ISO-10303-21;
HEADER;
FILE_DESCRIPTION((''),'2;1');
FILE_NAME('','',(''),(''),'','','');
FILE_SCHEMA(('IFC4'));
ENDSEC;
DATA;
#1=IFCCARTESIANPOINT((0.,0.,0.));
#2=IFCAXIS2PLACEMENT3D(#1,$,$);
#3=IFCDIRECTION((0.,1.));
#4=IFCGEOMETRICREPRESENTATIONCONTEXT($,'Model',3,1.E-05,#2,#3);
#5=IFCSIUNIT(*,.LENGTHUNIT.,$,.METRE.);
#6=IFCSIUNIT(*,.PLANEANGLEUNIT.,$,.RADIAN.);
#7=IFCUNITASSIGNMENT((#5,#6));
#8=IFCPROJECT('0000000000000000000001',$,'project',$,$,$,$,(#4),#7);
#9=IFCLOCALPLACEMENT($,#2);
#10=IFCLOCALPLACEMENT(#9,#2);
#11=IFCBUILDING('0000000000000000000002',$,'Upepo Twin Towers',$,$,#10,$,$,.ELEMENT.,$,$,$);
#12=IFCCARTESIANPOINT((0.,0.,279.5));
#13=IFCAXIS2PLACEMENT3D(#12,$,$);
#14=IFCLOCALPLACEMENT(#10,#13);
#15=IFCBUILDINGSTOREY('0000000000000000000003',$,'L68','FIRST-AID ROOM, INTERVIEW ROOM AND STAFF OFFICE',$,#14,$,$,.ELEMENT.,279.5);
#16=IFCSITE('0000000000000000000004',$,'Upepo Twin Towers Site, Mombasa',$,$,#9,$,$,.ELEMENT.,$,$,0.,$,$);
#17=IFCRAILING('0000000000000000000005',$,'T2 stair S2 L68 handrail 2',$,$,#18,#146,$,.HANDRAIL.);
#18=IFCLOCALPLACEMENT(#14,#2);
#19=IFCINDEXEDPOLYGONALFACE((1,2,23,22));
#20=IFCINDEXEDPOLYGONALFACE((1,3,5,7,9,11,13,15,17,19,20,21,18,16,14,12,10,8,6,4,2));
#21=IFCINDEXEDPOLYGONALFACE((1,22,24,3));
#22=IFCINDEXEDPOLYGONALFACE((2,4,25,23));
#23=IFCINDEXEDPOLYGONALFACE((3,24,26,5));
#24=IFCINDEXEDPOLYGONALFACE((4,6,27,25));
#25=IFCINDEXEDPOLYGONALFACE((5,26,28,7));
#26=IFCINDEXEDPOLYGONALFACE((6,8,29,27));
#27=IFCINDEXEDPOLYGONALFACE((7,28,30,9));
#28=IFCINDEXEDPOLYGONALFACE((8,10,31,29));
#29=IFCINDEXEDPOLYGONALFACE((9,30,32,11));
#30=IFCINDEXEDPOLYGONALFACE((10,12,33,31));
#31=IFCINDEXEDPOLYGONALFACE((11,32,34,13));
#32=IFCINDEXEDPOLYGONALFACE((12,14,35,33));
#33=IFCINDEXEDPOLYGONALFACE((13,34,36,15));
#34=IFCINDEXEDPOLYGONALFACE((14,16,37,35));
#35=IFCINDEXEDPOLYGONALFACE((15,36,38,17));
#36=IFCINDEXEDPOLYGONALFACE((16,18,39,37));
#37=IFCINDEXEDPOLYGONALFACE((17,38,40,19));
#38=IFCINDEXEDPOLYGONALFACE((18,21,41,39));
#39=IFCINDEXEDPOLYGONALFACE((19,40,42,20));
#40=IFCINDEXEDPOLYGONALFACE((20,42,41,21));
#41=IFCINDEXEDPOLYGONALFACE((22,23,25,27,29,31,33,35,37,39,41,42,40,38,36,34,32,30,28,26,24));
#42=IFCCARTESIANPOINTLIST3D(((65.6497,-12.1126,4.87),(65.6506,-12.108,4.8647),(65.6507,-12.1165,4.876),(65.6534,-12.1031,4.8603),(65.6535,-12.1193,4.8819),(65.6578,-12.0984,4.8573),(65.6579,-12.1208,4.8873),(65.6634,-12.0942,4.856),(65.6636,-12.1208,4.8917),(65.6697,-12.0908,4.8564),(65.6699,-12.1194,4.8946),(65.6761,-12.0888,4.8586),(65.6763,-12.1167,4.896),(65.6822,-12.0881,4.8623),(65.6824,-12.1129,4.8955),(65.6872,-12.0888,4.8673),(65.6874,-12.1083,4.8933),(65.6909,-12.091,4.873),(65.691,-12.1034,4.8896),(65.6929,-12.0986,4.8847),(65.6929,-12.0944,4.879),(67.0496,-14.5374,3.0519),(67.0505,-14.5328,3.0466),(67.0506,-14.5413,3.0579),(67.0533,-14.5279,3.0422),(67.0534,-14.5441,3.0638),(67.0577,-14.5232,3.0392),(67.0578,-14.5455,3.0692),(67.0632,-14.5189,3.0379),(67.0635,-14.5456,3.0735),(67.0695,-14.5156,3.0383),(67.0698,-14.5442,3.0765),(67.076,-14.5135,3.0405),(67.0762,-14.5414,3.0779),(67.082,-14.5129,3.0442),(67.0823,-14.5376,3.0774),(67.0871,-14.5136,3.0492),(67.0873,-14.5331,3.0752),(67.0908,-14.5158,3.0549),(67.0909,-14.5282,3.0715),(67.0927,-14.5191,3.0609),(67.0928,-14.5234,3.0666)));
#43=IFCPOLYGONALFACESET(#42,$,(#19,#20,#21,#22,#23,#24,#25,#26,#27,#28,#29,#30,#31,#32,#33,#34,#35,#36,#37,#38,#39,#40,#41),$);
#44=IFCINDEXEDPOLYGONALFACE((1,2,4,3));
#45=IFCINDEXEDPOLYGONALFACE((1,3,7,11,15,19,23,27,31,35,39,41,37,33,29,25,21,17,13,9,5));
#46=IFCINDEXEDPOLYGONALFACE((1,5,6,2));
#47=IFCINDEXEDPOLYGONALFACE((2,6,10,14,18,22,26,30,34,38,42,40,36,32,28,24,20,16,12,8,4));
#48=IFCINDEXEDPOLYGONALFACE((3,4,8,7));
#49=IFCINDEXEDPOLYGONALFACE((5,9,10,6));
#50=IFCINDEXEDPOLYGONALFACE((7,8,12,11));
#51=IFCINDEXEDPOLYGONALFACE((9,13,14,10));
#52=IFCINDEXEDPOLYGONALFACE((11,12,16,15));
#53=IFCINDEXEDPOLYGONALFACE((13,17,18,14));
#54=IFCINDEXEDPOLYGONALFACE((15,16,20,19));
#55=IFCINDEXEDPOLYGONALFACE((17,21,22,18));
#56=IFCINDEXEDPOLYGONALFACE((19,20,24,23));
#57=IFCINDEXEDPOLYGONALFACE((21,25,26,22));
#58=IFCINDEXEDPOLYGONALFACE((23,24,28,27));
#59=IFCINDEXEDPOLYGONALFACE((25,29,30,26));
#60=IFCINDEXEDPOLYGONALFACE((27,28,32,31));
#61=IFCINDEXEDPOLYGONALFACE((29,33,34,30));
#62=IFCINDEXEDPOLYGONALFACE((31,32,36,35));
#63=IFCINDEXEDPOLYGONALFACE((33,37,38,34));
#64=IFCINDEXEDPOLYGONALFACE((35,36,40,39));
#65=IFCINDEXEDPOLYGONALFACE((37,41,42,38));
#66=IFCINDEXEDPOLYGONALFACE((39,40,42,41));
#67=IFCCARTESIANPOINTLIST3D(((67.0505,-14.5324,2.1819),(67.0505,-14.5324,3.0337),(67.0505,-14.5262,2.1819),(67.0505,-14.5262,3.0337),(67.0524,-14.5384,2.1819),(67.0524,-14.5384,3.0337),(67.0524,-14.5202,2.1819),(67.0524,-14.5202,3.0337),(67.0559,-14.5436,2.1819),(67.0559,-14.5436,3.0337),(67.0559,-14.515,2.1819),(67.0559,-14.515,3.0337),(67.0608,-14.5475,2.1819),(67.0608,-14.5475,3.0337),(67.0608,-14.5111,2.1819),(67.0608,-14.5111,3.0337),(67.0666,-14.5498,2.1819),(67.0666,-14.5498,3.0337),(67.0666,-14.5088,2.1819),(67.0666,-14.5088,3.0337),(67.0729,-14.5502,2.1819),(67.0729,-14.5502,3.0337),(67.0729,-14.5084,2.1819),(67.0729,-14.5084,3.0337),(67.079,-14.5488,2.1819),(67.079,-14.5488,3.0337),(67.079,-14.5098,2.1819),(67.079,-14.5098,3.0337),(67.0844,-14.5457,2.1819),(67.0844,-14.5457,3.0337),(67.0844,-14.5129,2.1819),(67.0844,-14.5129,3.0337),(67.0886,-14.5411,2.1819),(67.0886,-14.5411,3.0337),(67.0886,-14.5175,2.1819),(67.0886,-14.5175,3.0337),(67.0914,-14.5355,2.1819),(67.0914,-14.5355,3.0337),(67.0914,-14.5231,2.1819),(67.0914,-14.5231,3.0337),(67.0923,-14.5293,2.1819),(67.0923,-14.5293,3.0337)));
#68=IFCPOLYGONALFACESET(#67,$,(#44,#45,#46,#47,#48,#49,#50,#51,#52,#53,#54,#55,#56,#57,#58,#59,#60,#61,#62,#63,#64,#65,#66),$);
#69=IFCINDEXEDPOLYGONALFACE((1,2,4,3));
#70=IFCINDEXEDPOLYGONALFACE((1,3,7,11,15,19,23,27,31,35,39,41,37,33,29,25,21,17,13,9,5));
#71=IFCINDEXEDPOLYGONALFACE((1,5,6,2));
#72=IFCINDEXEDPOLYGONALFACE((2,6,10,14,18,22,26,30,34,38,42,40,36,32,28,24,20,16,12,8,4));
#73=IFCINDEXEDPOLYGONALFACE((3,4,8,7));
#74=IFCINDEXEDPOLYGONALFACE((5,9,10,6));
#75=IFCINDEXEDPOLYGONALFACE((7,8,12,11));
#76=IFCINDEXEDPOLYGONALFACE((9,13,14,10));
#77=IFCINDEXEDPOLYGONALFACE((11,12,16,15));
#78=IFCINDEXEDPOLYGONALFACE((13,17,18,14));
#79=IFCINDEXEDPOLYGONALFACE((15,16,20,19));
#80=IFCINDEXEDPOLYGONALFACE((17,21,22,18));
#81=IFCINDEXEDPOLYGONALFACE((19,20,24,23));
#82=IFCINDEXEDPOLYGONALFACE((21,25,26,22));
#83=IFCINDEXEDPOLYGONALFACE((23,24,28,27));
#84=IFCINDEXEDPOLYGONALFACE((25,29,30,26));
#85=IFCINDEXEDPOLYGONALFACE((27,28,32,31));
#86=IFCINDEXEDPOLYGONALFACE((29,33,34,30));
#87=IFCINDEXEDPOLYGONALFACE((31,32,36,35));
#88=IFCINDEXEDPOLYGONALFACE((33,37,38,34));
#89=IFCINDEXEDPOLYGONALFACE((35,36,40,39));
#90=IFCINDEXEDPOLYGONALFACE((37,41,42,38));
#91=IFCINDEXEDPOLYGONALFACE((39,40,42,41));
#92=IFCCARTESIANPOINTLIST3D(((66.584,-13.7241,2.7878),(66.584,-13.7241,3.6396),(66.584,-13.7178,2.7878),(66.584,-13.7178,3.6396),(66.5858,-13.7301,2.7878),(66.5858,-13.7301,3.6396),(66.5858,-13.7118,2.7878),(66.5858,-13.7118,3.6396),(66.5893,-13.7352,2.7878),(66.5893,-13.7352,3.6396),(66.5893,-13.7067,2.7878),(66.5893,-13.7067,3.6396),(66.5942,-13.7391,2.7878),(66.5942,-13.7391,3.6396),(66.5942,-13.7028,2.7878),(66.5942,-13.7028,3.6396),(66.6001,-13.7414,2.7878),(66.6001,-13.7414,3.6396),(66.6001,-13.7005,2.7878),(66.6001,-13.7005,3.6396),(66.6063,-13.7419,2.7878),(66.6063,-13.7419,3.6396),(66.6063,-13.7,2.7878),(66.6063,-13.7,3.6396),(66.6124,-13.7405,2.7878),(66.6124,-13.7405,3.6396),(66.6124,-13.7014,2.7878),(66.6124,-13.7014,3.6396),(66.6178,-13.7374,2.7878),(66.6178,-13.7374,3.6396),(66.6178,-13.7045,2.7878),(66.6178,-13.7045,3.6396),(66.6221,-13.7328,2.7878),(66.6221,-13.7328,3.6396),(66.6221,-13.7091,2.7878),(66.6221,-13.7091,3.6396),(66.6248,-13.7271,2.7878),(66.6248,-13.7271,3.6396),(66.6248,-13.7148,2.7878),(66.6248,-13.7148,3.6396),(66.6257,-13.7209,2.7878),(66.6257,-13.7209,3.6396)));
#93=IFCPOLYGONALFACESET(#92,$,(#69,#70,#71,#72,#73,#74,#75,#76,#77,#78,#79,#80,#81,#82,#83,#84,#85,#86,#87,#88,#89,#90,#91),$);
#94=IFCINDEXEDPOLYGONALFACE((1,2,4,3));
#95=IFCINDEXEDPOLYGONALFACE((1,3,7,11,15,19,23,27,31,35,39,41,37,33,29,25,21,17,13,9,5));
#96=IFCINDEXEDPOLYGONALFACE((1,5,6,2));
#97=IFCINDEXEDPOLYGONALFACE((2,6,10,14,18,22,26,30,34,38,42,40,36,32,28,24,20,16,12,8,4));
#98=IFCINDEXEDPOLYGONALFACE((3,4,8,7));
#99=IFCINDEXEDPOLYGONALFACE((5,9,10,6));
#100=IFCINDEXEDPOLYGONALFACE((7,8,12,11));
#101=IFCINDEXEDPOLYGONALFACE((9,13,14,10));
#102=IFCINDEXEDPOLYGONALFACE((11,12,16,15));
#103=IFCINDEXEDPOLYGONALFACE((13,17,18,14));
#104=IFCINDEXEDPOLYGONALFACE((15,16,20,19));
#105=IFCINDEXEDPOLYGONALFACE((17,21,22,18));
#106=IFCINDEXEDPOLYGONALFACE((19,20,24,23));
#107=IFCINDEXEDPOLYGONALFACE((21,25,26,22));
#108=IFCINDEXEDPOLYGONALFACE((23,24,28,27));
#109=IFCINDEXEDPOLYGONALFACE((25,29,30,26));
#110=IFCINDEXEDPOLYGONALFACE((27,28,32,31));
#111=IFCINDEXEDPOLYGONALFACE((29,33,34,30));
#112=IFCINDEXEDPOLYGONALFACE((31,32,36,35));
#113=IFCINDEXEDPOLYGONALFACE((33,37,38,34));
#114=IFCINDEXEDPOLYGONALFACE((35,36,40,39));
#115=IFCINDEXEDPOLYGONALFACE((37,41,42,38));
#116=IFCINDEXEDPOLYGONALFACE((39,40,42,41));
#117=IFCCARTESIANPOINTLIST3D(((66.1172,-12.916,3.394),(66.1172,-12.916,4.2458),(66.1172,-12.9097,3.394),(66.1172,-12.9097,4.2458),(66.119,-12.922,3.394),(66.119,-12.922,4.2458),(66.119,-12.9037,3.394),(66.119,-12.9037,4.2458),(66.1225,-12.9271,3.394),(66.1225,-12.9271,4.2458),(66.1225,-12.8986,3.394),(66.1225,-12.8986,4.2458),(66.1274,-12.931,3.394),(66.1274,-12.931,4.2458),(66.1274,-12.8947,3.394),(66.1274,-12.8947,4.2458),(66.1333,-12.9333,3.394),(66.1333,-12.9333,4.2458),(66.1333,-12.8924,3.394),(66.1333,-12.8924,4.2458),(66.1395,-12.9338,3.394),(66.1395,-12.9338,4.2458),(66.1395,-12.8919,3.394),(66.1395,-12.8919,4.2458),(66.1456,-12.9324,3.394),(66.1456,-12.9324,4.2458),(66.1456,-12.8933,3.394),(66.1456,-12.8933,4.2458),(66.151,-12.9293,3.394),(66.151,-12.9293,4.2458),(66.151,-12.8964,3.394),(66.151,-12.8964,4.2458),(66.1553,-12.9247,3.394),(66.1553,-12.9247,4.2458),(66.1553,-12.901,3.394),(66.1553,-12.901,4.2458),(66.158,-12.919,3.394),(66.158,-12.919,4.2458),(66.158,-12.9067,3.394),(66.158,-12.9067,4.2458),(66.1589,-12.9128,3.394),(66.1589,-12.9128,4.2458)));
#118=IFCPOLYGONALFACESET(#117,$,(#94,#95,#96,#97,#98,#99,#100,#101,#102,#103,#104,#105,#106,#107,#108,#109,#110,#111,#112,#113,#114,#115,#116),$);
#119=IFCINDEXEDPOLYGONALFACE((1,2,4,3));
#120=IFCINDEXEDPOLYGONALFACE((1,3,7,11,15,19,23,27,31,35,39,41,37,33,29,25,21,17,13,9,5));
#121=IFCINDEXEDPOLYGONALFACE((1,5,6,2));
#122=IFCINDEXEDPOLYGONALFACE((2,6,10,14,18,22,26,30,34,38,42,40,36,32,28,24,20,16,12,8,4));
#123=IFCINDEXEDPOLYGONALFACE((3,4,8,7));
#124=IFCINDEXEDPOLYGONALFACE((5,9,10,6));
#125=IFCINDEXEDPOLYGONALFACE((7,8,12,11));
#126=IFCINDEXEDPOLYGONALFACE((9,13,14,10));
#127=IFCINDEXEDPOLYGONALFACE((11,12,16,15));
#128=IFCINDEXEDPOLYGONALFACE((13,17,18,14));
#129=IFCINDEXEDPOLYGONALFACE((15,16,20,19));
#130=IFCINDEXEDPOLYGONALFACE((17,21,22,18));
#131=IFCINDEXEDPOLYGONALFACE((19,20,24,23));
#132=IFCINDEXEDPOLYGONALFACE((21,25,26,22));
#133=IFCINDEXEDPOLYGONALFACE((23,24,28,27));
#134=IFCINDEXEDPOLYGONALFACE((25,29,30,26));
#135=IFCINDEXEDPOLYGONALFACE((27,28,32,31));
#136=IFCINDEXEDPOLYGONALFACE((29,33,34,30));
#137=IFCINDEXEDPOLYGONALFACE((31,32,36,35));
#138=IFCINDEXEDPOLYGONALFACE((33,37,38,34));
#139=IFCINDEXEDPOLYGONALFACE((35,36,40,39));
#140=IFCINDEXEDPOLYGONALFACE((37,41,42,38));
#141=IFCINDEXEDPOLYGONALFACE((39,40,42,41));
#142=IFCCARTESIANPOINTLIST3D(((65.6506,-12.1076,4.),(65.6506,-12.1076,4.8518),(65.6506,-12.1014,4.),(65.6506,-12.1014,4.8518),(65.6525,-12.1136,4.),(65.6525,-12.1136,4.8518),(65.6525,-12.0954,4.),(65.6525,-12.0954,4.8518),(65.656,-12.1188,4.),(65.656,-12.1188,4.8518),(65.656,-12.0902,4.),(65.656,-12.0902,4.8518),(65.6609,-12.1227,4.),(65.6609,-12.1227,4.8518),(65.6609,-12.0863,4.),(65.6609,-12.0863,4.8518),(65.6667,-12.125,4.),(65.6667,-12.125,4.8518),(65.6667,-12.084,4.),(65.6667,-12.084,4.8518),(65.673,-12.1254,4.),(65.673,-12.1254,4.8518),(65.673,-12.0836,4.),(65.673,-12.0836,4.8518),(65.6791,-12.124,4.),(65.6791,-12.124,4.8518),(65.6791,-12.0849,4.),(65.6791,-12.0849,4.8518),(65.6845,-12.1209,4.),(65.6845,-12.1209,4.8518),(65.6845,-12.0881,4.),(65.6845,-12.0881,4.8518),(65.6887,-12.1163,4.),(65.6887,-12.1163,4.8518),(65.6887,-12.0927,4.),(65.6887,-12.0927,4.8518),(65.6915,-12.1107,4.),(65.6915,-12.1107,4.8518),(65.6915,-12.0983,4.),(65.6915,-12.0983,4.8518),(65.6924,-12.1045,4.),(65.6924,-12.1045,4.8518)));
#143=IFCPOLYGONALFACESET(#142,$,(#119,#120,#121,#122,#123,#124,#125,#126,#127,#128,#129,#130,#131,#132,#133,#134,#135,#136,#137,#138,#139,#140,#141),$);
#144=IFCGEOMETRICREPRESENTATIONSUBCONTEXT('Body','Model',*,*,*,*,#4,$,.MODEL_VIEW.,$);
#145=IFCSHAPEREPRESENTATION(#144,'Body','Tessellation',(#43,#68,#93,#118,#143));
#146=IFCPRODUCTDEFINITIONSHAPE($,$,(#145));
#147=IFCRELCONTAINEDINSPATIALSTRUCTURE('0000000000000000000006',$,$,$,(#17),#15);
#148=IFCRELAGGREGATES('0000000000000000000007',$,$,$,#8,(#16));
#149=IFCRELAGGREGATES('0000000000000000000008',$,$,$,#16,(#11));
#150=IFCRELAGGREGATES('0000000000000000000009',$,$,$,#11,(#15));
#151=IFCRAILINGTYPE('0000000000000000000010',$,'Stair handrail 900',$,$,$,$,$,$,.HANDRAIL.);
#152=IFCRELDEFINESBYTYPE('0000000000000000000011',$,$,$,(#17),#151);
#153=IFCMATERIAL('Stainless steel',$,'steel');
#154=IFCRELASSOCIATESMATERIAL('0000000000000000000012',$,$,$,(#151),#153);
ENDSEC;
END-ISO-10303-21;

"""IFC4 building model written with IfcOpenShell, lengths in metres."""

from ifc_helpers import new_model, si_unit, direction, frame, origin, origin_2d, place, context, subcontext, project, spatial, circle, extrude, material, type_object, element, save


model = new_model("IFC4")

# Units and contexts
model_context = context("Model", 3, precision=1e-05, world=origin(), true_north=direction((0.0, 1.0)))
body_context = subcontext(model_context, "Body", "Model", "MODEL_VIEW")
ifc_project = project(units=[si_unit("LENGTHUNIT", "METRE"), si_unit("PLANEANGLEUNIT", "RADIAN")], contexts=[model_context])

# Site, building, storey
site_placement = place(None, origin())
site = spatial("IfcSite", under=ifc_project, at=site_placement, Name="Upepo Twin Towers Site, Mombasa", CompositionType="ELEMENT", RefElevation=0.0)
building_placement = place(site_placement, origin())
building = spatial("IfcBuilding", under=site, at=building_placement, Name="Upepo Twin Towers", CompositionType="ELEMENT")
storey_placement = place(building_placement, frame((0.0, 0.0, 279.5)))
storey = spatial("IfcBuildingStorey", under=building, at=storey_placement, Name="L68", Description="FIRST-AID ROOM, INTERVIEW ROOM AND STAFF OFFICE", CompositionType="ELEMENT", Elevation=279.5)

# Railing
ifc_material_1 = material(Name="Stainless steel", Category="steel")
railing_type = type_object("IfcRailingType", Name="Stair handrail 900", PredefinedType="HANDRAIL", material=ifc_material_1)
railing_1_placement = place(storey_placement, frame((67.0713, -14.5293, 2.1819)))
element("IfcRailing", 1, at=railing_1_placement, inside=storey, type_object=railing_type, Name="T2 stair S2 L68 handrail 2", PredefinedType="HANDRAIL", context=body_context, shape_type="SweptSolid", body=[
    extrude(circle(Radius=0.0239, at=origin_2d()), frame((0.0, 0.0, 0.876), z_axis=(-0.419333, 0.726336, 0.544606), x_axis=(-0.866035, -0.499984, 0.0)), (0.0, 0.0, 1.0), 3.3384),
    extrude(circle(Radius=0.021, at=origin_2d()), origin(), (0.0, 0.0, 1.0), 0.8518),
    extrude(circle(Radius=0.021, at=origin_2d()), frame((-0.4666, 0.8083, 0.606)), (0.0, 0.0, 1.0), 0.8518),
    extrude(circle(Radius=0.021, at=origin_2d()), frame((-0.9333, 1.6165, 1.2122)), (0.0, 0.0, 1.0), 0.8518),
    extrude(circle(Radius=0.021, at=origin_2d()), frame((-1.3999, 2.4248, 1.8181)), (0.0, 0.0, 1.0), 0.8518),
])

save(model, "model.ifc")
